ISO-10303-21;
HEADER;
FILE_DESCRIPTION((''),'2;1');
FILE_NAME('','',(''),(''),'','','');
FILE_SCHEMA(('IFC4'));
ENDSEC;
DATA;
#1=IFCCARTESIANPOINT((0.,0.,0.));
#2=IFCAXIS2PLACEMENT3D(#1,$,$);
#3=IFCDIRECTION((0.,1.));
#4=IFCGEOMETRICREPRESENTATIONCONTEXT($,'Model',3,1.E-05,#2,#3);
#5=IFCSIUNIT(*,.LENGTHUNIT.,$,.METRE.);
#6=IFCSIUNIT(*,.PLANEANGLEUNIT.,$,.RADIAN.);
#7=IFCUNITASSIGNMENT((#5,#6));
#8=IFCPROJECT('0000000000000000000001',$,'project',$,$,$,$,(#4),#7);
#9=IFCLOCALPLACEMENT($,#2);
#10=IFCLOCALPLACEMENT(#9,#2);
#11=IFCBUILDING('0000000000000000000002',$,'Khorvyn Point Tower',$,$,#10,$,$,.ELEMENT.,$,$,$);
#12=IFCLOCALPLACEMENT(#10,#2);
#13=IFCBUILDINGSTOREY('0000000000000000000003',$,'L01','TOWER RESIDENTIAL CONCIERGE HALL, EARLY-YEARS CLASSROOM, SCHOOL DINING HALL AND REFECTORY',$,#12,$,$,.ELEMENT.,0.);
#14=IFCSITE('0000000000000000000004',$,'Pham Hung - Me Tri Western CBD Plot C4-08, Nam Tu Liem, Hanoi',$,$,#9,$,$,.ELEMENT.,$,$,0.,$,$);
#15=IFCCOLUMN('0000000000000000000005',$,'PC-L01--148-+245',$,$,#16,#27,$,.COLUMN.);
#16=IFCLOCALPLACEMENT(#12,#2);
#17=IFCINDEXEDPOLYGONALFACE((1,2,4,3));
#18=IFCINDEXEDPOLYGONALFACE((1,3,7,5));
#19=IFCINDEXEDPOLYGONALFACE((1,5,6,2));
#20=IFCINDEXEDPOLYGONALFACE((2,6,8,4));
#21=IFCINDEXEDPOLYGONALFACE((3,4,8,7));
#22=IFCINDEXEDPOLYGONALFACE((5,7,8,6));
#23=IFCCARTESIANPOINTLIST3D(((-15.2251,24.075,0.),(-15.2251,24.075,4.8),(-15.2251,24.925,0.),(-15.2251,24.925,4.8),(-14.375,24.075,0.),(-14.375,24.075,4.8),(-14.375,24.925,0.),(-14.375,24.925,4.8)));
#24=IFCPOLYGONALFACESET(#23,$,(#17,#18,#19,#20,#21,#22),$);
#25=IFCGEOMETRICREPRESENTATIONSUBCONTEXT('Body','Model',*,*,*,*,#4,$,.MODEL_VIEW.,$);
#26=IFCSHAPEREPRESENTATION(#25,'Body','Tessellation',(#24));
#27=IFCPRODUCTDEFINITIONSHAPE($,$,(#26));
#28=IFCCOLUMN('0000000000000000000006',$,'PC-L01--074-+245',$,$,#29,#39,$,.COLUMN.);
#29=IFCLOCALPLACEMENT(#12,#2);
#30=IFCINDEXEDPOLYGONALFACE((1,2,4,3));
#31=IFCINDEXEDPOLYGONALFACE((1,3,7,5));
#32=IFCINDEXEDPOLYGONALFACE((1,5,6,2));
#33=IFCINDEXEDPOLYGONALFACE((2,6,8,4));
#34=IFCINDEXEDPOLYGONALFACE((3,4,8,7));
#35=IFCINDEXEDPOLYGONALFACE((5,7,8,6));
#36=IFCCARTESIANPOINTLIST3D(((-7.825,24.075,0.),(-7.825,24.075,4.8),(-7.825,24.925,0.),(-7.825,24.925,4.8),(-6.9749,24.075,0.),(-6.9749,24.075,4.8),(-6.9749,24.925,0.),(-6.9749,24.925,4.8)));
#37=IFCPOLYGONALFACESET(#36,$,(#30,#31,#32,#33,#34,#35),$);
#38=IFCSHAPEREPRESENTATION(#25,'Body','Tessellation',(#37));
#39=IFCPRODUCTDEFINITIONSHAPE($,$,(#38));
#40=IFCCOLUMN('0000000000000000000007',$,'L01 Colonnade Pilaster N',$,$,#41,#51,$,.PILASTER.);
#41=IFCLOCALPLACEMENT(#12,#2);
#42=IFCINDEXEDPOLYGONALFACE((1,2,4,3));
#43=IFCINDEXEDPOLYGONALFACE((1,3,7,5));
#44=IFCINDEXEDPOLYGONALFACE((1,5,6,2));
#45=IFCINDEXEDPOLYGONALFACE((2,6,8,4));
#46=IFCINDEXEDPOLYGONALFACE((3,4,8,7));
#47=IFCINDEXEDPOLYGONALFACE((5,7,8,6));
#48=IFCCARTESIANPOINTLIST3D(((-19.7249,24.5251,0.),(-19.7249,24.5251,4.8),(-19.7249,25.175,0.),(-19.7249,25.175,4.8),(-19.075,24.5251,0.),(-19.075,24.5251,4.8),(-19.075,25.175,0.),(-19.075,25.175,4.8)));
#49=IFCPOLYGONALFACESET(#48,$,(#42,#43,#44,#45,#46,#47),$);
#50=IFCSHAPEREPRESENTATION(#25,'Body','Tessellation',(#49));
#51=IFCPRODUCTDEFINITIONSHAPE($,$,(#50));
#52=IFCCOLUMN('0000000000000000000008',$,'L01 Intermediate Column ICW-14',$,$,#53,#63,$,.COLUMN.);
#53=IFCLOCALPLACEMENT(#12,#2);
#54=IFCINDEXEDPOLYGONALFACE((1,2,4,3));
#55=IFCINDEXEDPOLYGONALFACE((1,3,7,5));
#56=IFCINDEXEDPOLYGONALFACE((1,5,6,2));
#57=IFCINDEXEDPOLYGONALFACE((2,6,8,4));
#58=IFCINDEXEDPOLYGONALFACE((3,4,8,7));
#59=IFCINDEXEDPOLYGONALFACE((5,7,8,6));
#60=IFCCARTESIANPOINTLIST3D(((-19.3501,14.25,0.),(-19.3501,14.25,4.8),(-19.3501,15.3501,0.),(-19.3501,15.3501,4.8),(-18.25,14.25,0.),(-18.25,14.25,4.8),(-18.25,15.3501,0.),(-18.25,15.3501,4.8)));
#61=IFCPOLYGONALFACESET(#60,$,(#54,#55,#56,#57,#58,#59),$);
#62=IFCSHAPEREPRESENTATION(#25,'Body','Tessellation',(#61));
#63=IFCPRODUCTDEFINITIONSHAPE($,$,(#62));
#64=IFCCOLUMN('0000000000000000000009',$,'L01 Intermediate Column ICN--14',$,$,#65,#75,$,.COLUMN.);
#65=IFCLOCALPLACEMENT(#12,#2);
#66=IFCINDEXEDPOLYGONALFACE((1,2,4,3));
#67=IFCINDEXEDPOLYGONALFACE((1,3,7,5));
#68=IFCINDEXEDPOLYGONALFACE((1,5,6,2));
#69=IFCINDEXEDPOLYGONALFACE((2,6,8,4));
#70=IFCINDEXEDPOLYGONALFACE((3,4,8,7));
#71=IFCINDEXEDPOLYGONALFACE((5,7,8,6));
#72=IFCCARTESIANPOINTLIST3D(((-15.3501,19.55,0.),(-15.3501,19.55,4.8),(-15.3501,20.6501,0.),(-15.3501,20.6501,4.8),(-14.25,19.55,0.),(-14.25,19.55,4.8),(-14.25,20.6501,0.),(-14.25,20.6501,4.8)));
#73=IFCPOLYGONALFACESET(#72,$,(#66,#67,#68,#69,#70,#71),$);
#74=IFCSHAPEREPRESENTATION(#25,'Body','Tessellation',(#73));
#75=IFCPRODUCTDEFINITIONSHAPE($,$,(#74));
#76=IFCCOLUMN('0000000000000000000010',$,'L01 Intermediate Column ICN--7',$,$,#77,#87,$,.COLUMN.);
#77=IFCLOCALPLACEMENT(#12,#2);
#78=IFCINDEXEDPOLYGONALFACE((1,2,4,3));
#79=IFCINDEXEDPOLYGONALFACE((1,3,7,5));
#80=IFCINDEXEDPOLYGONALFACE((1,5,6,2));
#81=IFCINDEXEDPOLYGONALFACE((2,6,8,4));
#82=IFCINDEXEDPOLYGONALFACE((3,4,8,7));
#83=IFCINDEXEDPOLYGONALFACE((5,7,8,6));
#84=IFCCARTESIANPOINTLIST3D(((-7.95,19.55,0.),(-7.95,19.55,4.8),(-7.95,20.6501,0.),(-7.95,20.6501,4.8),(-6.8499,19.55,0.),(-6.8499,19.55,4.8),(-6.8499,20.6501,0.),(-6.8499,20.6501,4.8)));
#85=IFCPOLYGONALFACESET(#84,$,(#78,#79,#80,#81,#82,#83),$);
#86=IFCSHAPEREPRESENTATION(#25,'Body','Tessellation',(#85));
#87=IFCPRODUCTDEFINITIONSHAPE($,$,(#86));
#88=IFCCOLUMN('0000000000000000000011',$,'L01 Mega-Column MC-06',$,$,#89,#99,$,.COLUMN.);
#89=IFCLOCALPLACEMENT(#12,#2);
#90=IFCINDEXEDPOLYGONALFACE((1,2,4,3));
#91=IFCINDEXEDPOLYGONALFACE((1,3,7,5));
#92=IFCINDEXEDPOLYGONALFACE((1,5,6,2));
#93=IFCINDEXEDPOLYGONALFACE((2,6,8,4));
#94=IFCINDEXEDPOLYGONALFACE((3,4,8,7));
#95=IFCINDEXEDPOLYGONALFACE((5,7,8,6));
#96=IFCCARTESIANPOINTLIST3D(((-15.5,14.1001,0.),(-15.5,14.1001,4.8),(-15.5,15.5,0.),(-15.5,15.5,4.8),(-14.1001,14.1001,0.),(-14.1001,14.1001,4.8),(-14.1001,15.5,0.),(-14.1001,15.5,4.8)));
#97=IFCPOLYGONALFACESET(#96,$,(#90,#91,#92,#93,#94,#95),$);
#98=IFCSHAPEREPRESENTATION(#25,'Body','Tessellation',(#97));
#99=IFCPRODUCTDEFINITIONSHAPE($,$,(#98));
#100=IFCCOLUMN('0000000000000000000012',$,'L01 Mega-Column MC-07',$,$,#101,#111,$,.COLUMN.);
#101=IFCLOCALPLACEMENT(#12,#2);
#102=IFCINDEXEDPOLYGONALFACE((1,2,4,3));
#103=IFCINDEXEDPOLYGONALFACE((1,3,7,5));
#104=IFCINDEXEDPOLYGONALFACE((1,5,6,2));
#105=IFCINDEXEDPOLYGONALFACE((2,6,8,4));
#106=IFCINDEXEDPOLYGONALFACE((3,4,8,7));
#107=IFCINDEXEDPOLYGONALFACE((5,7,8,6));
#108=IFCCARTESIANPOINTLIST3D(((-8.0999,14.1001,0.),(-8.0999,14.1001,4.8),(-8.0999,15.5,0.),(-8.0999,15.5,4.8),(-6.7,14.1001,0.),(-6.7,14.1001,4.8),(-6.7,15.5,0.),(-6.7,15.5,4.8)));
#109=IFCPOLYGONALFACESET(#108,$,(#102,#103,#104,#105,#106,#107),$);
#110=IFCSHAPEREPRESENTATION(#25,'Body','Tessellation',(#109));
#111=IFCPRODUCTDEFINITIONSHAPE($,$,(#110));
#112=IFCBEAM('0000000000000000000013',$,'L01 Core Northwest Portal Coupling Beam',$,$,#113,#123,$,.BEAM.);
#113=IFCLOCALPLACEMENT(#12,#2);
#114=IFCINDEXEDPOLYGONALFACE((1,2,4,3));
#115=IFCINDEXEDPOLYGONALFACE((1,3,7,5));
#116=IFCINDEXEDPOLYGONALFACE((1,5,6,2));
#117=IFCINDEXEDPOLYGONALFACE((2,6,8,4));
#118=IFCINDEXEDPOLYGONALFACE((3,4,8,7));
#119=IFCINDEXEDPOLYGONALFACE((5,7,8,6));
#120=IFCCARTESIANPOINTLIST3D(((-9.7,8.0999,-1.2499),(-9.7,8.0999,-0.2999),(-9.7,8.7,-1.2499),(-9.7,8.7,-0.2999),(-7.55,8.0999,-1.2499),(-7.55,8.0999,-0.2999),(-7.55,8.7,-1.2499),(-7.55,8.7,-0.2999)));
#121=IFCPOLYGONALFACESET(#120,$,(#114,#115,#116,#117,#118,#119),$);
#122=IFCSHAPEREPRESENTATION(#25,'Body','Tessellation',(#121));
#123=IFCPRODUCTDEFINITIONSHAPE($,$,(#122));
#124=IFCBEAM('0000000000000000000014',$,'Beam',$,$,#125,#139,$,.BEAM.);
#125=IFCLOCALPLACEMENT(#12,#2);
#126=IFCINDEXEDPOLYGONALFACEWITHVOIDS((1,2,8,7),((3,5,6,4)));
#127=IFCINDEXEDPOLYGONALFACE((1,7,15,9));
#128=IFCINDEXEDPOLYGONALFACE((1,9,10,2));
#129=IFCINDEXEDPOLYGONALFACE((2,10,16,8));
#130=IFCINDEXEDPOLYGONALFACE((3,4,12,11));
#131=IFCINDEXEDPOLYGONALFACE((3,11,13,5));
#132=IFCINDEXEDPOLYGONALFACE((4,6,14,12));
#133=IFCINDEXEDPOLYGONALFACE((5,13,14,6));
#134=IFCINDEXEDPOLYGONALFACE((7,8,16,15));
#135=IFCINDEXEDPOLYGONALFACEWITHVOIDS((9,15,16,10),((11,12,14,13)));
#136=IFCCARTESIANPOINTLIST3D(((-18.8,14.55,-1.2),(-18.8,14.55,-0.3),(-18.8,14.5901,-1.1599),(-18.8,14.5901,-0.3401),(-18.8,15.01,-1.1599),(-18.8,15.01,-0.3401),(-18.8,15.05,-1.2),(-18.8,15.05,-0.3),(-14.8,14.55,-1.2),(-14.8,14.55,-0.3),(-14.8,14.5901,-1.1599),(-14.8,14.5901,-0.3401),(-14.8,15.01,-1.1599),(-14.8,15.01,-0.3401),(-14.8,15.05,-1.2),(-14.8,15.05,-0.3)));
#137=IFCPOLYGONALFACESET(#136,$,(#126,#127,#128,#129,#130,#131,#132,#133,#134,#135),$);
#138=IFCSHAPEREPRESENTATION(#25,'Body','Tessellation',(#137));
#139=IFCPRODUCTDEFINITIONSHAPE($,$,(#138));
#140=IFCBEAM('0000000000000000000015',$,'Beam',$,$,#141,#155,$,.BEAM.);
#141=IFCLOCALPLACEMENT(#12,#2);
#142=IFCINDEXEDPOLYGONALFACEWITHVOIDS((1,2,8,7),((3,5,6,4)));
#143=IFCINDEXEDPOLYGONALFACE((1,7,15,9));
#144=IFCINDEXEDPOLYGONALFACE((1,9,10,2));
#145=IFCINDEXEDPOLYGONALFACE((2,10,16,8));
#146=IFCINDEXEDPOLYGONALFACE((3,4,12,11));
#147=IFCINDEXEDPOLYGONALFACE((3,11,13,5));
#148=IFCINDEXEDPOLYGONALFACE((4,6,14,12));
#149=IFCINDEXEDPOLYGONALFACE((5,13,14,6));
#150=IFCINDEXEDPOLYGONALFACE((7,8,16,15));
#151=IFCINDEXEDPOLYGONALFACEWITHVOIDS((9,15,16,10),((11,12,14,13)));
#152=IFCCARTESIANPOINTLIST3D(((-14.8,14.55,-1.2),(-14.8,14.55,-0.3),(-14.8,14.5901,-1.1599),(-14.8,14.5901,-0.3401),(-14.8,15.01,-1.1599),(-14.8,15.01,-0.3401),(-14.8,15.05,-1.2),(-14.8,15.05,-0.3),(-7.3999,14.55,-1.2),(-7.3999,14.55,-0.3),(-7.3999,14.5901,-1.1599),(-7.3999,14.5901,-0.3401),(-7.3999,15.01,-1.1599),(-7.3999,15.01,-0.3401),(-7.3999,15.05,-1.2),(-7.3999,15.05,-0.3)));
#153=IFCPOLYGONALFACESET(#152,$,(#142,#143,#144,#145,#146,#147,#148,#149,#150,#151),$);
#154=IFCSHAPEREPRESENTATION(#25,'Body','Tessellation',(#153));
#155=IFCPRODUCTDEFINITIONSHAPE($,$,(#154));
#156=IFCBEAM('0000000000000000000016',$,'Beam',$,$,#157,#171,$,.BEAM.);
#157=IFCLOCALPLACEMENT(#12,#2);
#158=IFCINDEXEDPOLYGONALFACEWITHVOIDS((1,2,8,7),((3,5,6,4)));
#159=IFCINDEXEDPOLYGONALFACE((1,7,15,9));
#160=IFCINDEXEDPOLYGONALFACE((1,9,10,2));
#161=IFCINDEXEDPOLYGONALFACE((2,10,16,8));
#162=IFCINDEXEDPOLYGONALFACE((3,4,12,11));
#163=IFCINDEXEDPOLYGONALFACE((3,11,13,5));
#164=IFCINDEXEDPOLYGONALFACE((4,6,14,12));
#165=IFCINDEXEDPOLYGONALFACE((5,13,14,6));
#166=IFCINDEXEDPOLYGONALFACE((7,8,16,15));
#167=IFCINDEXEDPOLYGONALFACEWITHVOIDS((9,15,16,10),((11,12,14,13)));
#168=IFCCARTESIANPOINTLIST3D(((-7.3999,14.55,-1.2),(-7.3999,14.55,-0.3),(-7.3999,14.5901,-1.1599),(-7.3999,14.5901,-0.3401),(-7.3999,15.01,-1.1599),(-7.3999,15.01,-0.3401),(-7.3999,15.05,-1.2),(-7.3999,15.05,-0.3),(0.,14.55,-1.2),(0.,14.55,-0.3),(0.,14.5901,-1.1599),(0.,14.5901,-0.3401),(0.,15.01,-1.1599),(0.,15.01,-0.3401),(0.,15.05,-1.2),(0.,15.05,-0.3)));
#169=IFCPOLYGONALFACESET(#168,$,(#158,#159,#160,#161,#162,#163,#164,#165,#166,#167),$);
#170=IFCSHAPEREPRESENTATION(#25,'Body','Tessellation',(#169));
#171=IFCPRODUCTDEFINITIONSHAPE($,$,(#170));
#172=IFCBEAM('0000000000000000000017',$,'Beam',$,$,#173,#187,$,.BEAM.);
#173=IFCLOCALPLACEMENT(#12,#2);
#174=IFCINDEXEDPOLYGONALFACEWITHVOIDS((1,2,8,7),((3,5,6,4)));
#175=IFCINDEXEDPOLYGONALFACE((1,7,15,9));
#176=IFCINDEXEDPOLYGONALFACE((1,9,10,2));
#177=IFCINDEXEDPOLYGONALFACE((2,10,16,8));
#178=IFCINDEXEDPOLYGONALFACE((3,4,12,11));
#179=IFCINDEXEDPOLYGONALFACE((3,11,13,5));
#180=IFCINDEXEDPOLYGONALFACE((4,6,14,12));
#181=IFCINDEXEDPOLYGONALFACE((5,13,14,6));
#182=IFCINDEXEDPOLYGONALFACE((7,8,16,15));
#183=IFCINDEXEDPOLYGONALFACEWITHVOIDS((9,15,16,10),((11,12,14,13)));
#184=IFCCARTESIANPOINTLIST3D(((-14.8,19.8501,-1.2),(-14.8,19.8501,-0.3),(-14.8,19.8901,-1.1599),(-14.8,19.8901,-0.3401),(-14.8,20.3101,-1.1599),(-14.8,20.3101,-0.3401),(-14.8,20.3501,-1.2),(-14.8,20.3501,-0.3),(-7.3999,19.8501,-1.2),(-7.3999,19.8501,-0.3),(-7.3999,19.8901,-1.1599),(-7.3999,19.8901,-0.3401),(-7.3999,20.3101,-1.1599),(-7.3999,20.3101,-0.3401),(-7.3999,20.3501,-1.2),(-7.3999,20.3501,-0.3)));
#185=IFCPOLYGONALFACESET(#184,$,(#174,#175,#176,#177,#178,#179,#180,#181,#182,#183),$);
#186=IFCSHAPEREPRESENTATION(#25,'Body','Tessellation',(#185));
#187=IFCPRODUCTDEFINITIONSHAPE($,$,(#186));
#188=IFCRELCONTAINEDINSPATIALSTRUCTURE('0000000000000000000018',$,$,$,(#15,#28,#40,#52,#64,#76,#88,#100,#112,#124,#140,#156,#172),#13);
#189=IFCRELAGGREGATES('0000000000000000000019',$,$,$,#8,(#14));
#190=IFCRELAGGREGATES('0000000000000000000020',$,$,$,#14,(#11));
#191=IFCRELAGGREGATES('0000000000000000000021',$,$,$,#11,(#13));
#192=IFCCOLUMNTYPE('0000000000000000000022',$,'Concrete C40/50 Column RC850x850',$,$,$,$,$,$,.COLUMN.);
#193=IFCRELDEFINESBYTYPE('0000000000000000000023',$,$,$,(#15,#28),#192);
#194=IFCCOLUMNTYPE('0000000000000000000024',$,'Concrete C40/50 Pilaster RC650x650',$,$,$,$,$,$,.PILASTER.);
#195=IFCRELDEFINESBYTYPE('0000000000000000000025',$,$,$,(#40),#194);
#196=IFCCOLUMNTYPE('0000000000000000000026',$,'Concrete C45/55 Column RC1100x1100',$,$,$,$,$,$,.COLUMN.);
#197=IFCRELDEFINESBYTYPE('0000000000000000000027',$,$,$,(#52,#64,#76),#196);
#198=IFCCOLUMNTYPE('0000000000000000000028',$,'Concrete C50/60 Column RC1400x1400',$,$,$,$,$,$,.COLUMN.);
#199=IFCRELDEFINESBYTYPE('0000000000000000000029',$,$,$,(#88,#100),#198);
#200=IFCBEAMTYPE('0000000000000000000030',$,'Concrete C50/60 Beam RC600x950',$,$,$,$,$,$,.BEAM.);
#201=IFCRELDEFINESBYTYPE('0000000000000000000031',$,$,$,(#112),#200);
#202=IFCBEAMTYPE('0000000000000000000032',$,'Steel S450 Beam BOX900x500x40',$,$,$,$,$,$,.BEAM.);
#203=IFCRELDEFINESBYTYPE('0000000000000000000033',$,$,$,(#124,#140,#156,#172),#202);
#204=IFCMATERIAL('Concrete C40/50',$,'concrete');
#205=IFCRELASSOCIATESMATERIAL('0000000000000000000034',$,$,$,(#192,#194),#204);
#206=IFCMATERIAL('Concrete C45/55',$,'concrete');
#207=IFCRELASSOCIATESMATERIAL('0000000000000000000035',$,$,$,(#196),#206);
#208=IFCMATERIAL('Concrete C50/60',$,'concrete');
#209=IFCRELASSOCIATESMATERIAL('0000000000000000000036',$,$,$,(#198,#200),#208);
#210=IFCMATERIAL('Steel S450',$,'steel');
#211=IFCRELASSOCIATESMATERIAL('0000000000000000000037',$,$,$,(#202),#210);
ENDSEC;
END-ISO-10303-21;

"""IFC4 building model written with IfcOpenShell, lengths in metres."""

from ifc_helpers import new_model, si_unit, direction, frame, origin, origin_2d, place, context, subcontext, project, spatial, rectangle, hollow_rectangle, extrude, material, material_profile, profile_set, type_object, element, save


model = new_model("IFC4")

# Units and contexts
model_context = context("Model", 3, precision=1e-05, world=origin(), true_north=direction((0.0, 1.0)))
body_context = subcontext(model_context, "Body", "Model", "MODEL_VIEW")
ifc_project = project(units=[si_unit("LENGTHUNIT", "METRE"), si_unit("PLANEANGLEUNIT", "RADIAN")], contexts=[model_context])

# Site, building, storey
site_placement = place(None, origin())
site = spatial("IfcSite", under=ifc_project, at=site_placement, Name="Pham Hung - Me Tri Western CBD Plot C4-08, Nam Tu Liem, Hanoi", CompositionType="ELEMENT", RefElevation=0.0)
building_placement = place(site_placement, origin())
building = spatial("IfcBuilding", under=site, at=building_placement, Name="Khorvyn Point Tower", CompositionType="ELEMENT")
storey_placement = place(building_placement, origin())
storey = spatial("IfcBuildingStorey", under=building, at=storey_placement, Name="L01", Description="TOWER RESIDENTIAL CONCIERGE HALL, EARLY-YEARS CLASSROOM, SCHOOL DINING HALL AND REFECTORY", CompositionType="ELEMENT", Elevation=0.0)

# Columns
ifc_material_1 = material(Name="Concrete C40/50", Category="concrete")
ifc_material_profile_1 = material_profile(ifc_material_1, rectangle(XDim=0.8501, YDim=0.8501, at=origin_2d()))
ifc_profile_set_1 = profile_set([ifc_material_profile_1], Name="Concrete C40/50 RC850x850")
column_type_1 = type_object("IfcColumnType", Name="Concrete C40/50 Column RC850x850", PredefinedType="COLUMN", material=ifc_profile_set_1)
for number, where, z_axis, x_axis, name in (
    (1, (-14.8, 24.5, 0.0), (0.0, 0.0, 1.0), (1.0, 0.0, 0.0), "PC-L01--148-+245"),
    (2, (-7.3999, 24.5, 0.0), (0.0, 0.0, 1.0), (1.0, 0.0, 0.0), "PC-L01--074-+245"),
):
    element("IfcColumn", number, at=place(storey_placement, frame(where, z_axis=z_axis, x_axis=x_axis)), inside=storey, type_object=column_type_1, Name=name, PredefinedType="COLUMN", context=body_context, shape_type="SweptSolid", body=[
        extrude(rectangle(XDim=0.8501, YDim=0.8501, at=origin_2d()), origin(), (0.0, 0.0, 1.0), 4.8),
    ])
ifc_material_profile_2 = material_profile(ifc_material_1, rectangle(XDim=0.6499, YDim=0.6499, at=origin_2d()))
ifc_profile_set_2 = profile_set([ifc_material_profile_2], Name="Concrete C40/50 RC650x650")
column_type_2 = type_object("IfcColumnType", Name="Concrete C40/50 Pilaster RC650x650", PredefinedType="PILASTER", material=ifc_profile_set_2)
column_placement = place(storey_placement, frame((-19.3999, 24.8501, 0.0), z_axis=(0.0, 0.0, 1.0), x_axis=(1.0, 0.0, 0.0)))
element("IfcColumn", 3, at=column_placement, inside=storey, type_object=column_type_2, Name="L01 Colonnade Pilaster N", PredefinedType="PILASTER", context=body_context, shape_type="SweptSolid", body=[
    extrude(rectangle(XDim=0.6499, YDim=0.6499, at=origin_2d()), origin(), (0.0, 0.0, 1.0), 4.8),
])
ifc_material_2 = material(Name="Concrete C45/55", Category="concrete")
ifc_material_profile_3 = material_profile(ifc_material_2, rectangle(XDim=1.1001, YDim=1.1001, at=origin_2d()))
ifc_profile_set_3 = profile_set([ifc_material_profile_3], Name="Concrete C45/55 RC1100x1100")
column_type_3 = type_object("IfcColumnType", Name="Concrete C45/55 Column RC1100x1100", PredefinedType="COLUMN", material=ifc_profile_set_3)
for number, where, z_axis, x_axis, name in (
    (4, (-18.8, 14.8, 0.0), (0.0, 0.0, 1.0), (1.0, 0.0, 0.0), "L01 Intermediate Column ICW-14"),
    (5, (-14.8, 20.1001, 0.0), (0.0, 0.0, 1.0), (1.0, 0.0, 0.0), "L01 Intermediate Column ICN--14"),
    (6, (-7.3999, 20.1001, 0.0), (0.0, 0.0, 1.0), (1.0, 0.0, 0.0), "L01 Intermediate Column ICN--7"),
):
    element("IfcColumn", number, at=place(storey_placement, frame(where, z_axis=z_axis, x_axis=x_axis)), inside=storey, type_object=column_type_3, Name=name, PredefinedType="COLUMN", context=body_context, shape_type="SweptSolid", body=[
        extrude(rectangle(XDim=1.1001, YDim=1.1001, at=origin_2d()), origin(), (0.0, 0.0, 1.0), 4.8),
    ])
ifc_material_3 = material(Name="Concrete C50/60", Category="concrete")
ifc_material_profile_4 = material_profile(ifc_material_3, rectangle(XDim=1.3999, YDim=1.3999, at=origin_2d()))
ifc_profile_set_4 = profile_set([ifc_material_profile_4], Name="Concrete C50/60 RC1400x1400")
column_type_4 = type_object("IfcColumnType", Name="Concrete C50/60 Column RC1400x1400", PredefinedType="COLUMN", material=ifc_profile_set_4)
for number, where, z_axis, x_axis, name in (
    (7, (-14.8, 14.8, 0.0), (0.0, 0.0, 1.0), (1.0, 0.0, 0.0), "L01 Mega-Column MC-06"),
    (8, (-7.3999, 14.8, 0.0), (0.0, 0.0, 1.0), (1.0, 0.0, 0.0), "L01 Mega-Column MC-07"),
):
    element("IfcColumn", number, at=place(storey_placement, frame(where, z_axis=z_axis, x_axis=x_axis)), inside=storey, type_object=column_type_4, Name=name, PredefinedType="COLUMN", context=body_context, shape_type="SweptSolid", body=[
        extrude(rectangle(XDim=1.3999, YDim=1.3999, at=origin_2d()), origin(), (0.0, 0.0, 1.0), 4.8),
    ])

# Beams
ifc_material_profile_5 = material_profile(ifc_material_3, rectangle(XDim=0.6001, YDim=0.95, at=origin_2d()))
ifc_profile_set_5 = profile_set([ifc_material_profile_5], Name="Concrete C50/60 RC600x950")
beam_type_1 = type_object("IfcBeamType", Name="Concrete C50/60 Beam RC600x950", PredefinedType="BEAM", material=ifc_profile_set_5)
beam_1_placement = place(storey_placement, frame((-9.7, 8.3999, -0.7749), z_axis=(1.0, 0.0, 0.0), x_axis=(0.0, 1.0, 0.0)))
element("IfcBeam", 9, at=beam_1_placement, inside=storey, type_object=beam_type_1, Name="L01 Core Northwest Portal Coupling Beam", PredefinedType="BEAM", context=body_context, shape_type="SweptSolid", body=[
    extrude(rectangle(XDim=0.6001, YDim=0.95, at=origin_2d()), origin(), (0.0, 0.0, 1.0), 2.1499),
])
ifc_material_4 = material(Name="Steel S450", Category="steel")
ifc_material_profile_6 = material_profile(ifc_material_4, hollow_rectangle(XDim=0.5, YDim=0.8999, WallThickness=0.04, at=origin_2d()))
ifc_profile_set_6 = profile_set([ifc_material_profile_6], Name="Steel S450 BOX900x500x40")
beam_type_2 = type_object("IfcBeamType", Name="Steel S450 Beam BOX900x500x40", PredefinedType="BEAM", material=ifc_profile_set_6)
beam_2_placement = place(storey_placement, frame((-18.8, 14.8, -0.75), z_axis=(1.0, 0.0, 0.0), x_axis=(0.0, 1.0, 0.0)))
element("IfcBeam", 10, at=beam_2_placement, inside=storey, type_object=beam_type_2, Name="Beam", PredefinedType="BEAM", context=body_context, shape_type="SweptSolid", body=[
    extrude(hollow_rectangle(XDim=0.5, YDim=0.8999, WallThickness=0.04, at=origin_2d()), origin(), (0.0, 0.0, 1.0), 4.0),
])
beam_3_placement = place(storey_placement, frame((-14.8, 14.8, -0.75), z_axis=(1.0, 0.0, 0.0), x_axis=(0.0, 1.0, 0.0)))
element("IfcBeam", 11, at=beam_3_placement, inside=storey, type_object=beam_type_2, Name="Beam", PredefinedType="BEAM", context=body_context, shape_type="SweptSolid", body=[
    extrude(hollow_rectangle(XDim=0.5, YDim=0.8999, WallThickness=0.04, at=origin_2d()), origin(), (0.0, 0.0, 1.0), 7.4001),
])
beam_4_placement = place(storey_placement, frame((-7.3999, 14.8, -0.75), z_axis=(1.0, 0.0, 0.0), x_axis=(0.0, 1.0, 0.0)))
element("IfcBeam", 12, at=beam_4_placement, inside=storey, type_object=beam_type_2, Name="Beam", PredefinedType="BEAM", context=body_context, shape_type="SweptSolid", body=[
    extrude(hollow_rectangle(XDim=0.5, YDim=0.8999, WallThickness=0.04, at=origin_2d()), origin(), (0.0, 0.0, 1.0), 7.3999),
])
beam_5_placement = place(storey_placement, frame((-14.8, 20.1001, -0.75), z_axis=(1.0, 0.0, 0.0), x_axis=(0.0, 1.0, 0.0)))
element("IfcBeam", 13, at=beam_5_placement, inside=storey, type_object=beam_type_2, Name="Beam", PredefinedType="BEAM", context=body_context, shape_type="SweptSolid", body=[
    extrude(hollow_rectangle(XDim=0.5, YDim=0.8999, WallThickness=0.04, at=origin_2d()), origin(), (0.0, 0.0, 1.0), 7.4001),
])

save(model, "model.ifc")
